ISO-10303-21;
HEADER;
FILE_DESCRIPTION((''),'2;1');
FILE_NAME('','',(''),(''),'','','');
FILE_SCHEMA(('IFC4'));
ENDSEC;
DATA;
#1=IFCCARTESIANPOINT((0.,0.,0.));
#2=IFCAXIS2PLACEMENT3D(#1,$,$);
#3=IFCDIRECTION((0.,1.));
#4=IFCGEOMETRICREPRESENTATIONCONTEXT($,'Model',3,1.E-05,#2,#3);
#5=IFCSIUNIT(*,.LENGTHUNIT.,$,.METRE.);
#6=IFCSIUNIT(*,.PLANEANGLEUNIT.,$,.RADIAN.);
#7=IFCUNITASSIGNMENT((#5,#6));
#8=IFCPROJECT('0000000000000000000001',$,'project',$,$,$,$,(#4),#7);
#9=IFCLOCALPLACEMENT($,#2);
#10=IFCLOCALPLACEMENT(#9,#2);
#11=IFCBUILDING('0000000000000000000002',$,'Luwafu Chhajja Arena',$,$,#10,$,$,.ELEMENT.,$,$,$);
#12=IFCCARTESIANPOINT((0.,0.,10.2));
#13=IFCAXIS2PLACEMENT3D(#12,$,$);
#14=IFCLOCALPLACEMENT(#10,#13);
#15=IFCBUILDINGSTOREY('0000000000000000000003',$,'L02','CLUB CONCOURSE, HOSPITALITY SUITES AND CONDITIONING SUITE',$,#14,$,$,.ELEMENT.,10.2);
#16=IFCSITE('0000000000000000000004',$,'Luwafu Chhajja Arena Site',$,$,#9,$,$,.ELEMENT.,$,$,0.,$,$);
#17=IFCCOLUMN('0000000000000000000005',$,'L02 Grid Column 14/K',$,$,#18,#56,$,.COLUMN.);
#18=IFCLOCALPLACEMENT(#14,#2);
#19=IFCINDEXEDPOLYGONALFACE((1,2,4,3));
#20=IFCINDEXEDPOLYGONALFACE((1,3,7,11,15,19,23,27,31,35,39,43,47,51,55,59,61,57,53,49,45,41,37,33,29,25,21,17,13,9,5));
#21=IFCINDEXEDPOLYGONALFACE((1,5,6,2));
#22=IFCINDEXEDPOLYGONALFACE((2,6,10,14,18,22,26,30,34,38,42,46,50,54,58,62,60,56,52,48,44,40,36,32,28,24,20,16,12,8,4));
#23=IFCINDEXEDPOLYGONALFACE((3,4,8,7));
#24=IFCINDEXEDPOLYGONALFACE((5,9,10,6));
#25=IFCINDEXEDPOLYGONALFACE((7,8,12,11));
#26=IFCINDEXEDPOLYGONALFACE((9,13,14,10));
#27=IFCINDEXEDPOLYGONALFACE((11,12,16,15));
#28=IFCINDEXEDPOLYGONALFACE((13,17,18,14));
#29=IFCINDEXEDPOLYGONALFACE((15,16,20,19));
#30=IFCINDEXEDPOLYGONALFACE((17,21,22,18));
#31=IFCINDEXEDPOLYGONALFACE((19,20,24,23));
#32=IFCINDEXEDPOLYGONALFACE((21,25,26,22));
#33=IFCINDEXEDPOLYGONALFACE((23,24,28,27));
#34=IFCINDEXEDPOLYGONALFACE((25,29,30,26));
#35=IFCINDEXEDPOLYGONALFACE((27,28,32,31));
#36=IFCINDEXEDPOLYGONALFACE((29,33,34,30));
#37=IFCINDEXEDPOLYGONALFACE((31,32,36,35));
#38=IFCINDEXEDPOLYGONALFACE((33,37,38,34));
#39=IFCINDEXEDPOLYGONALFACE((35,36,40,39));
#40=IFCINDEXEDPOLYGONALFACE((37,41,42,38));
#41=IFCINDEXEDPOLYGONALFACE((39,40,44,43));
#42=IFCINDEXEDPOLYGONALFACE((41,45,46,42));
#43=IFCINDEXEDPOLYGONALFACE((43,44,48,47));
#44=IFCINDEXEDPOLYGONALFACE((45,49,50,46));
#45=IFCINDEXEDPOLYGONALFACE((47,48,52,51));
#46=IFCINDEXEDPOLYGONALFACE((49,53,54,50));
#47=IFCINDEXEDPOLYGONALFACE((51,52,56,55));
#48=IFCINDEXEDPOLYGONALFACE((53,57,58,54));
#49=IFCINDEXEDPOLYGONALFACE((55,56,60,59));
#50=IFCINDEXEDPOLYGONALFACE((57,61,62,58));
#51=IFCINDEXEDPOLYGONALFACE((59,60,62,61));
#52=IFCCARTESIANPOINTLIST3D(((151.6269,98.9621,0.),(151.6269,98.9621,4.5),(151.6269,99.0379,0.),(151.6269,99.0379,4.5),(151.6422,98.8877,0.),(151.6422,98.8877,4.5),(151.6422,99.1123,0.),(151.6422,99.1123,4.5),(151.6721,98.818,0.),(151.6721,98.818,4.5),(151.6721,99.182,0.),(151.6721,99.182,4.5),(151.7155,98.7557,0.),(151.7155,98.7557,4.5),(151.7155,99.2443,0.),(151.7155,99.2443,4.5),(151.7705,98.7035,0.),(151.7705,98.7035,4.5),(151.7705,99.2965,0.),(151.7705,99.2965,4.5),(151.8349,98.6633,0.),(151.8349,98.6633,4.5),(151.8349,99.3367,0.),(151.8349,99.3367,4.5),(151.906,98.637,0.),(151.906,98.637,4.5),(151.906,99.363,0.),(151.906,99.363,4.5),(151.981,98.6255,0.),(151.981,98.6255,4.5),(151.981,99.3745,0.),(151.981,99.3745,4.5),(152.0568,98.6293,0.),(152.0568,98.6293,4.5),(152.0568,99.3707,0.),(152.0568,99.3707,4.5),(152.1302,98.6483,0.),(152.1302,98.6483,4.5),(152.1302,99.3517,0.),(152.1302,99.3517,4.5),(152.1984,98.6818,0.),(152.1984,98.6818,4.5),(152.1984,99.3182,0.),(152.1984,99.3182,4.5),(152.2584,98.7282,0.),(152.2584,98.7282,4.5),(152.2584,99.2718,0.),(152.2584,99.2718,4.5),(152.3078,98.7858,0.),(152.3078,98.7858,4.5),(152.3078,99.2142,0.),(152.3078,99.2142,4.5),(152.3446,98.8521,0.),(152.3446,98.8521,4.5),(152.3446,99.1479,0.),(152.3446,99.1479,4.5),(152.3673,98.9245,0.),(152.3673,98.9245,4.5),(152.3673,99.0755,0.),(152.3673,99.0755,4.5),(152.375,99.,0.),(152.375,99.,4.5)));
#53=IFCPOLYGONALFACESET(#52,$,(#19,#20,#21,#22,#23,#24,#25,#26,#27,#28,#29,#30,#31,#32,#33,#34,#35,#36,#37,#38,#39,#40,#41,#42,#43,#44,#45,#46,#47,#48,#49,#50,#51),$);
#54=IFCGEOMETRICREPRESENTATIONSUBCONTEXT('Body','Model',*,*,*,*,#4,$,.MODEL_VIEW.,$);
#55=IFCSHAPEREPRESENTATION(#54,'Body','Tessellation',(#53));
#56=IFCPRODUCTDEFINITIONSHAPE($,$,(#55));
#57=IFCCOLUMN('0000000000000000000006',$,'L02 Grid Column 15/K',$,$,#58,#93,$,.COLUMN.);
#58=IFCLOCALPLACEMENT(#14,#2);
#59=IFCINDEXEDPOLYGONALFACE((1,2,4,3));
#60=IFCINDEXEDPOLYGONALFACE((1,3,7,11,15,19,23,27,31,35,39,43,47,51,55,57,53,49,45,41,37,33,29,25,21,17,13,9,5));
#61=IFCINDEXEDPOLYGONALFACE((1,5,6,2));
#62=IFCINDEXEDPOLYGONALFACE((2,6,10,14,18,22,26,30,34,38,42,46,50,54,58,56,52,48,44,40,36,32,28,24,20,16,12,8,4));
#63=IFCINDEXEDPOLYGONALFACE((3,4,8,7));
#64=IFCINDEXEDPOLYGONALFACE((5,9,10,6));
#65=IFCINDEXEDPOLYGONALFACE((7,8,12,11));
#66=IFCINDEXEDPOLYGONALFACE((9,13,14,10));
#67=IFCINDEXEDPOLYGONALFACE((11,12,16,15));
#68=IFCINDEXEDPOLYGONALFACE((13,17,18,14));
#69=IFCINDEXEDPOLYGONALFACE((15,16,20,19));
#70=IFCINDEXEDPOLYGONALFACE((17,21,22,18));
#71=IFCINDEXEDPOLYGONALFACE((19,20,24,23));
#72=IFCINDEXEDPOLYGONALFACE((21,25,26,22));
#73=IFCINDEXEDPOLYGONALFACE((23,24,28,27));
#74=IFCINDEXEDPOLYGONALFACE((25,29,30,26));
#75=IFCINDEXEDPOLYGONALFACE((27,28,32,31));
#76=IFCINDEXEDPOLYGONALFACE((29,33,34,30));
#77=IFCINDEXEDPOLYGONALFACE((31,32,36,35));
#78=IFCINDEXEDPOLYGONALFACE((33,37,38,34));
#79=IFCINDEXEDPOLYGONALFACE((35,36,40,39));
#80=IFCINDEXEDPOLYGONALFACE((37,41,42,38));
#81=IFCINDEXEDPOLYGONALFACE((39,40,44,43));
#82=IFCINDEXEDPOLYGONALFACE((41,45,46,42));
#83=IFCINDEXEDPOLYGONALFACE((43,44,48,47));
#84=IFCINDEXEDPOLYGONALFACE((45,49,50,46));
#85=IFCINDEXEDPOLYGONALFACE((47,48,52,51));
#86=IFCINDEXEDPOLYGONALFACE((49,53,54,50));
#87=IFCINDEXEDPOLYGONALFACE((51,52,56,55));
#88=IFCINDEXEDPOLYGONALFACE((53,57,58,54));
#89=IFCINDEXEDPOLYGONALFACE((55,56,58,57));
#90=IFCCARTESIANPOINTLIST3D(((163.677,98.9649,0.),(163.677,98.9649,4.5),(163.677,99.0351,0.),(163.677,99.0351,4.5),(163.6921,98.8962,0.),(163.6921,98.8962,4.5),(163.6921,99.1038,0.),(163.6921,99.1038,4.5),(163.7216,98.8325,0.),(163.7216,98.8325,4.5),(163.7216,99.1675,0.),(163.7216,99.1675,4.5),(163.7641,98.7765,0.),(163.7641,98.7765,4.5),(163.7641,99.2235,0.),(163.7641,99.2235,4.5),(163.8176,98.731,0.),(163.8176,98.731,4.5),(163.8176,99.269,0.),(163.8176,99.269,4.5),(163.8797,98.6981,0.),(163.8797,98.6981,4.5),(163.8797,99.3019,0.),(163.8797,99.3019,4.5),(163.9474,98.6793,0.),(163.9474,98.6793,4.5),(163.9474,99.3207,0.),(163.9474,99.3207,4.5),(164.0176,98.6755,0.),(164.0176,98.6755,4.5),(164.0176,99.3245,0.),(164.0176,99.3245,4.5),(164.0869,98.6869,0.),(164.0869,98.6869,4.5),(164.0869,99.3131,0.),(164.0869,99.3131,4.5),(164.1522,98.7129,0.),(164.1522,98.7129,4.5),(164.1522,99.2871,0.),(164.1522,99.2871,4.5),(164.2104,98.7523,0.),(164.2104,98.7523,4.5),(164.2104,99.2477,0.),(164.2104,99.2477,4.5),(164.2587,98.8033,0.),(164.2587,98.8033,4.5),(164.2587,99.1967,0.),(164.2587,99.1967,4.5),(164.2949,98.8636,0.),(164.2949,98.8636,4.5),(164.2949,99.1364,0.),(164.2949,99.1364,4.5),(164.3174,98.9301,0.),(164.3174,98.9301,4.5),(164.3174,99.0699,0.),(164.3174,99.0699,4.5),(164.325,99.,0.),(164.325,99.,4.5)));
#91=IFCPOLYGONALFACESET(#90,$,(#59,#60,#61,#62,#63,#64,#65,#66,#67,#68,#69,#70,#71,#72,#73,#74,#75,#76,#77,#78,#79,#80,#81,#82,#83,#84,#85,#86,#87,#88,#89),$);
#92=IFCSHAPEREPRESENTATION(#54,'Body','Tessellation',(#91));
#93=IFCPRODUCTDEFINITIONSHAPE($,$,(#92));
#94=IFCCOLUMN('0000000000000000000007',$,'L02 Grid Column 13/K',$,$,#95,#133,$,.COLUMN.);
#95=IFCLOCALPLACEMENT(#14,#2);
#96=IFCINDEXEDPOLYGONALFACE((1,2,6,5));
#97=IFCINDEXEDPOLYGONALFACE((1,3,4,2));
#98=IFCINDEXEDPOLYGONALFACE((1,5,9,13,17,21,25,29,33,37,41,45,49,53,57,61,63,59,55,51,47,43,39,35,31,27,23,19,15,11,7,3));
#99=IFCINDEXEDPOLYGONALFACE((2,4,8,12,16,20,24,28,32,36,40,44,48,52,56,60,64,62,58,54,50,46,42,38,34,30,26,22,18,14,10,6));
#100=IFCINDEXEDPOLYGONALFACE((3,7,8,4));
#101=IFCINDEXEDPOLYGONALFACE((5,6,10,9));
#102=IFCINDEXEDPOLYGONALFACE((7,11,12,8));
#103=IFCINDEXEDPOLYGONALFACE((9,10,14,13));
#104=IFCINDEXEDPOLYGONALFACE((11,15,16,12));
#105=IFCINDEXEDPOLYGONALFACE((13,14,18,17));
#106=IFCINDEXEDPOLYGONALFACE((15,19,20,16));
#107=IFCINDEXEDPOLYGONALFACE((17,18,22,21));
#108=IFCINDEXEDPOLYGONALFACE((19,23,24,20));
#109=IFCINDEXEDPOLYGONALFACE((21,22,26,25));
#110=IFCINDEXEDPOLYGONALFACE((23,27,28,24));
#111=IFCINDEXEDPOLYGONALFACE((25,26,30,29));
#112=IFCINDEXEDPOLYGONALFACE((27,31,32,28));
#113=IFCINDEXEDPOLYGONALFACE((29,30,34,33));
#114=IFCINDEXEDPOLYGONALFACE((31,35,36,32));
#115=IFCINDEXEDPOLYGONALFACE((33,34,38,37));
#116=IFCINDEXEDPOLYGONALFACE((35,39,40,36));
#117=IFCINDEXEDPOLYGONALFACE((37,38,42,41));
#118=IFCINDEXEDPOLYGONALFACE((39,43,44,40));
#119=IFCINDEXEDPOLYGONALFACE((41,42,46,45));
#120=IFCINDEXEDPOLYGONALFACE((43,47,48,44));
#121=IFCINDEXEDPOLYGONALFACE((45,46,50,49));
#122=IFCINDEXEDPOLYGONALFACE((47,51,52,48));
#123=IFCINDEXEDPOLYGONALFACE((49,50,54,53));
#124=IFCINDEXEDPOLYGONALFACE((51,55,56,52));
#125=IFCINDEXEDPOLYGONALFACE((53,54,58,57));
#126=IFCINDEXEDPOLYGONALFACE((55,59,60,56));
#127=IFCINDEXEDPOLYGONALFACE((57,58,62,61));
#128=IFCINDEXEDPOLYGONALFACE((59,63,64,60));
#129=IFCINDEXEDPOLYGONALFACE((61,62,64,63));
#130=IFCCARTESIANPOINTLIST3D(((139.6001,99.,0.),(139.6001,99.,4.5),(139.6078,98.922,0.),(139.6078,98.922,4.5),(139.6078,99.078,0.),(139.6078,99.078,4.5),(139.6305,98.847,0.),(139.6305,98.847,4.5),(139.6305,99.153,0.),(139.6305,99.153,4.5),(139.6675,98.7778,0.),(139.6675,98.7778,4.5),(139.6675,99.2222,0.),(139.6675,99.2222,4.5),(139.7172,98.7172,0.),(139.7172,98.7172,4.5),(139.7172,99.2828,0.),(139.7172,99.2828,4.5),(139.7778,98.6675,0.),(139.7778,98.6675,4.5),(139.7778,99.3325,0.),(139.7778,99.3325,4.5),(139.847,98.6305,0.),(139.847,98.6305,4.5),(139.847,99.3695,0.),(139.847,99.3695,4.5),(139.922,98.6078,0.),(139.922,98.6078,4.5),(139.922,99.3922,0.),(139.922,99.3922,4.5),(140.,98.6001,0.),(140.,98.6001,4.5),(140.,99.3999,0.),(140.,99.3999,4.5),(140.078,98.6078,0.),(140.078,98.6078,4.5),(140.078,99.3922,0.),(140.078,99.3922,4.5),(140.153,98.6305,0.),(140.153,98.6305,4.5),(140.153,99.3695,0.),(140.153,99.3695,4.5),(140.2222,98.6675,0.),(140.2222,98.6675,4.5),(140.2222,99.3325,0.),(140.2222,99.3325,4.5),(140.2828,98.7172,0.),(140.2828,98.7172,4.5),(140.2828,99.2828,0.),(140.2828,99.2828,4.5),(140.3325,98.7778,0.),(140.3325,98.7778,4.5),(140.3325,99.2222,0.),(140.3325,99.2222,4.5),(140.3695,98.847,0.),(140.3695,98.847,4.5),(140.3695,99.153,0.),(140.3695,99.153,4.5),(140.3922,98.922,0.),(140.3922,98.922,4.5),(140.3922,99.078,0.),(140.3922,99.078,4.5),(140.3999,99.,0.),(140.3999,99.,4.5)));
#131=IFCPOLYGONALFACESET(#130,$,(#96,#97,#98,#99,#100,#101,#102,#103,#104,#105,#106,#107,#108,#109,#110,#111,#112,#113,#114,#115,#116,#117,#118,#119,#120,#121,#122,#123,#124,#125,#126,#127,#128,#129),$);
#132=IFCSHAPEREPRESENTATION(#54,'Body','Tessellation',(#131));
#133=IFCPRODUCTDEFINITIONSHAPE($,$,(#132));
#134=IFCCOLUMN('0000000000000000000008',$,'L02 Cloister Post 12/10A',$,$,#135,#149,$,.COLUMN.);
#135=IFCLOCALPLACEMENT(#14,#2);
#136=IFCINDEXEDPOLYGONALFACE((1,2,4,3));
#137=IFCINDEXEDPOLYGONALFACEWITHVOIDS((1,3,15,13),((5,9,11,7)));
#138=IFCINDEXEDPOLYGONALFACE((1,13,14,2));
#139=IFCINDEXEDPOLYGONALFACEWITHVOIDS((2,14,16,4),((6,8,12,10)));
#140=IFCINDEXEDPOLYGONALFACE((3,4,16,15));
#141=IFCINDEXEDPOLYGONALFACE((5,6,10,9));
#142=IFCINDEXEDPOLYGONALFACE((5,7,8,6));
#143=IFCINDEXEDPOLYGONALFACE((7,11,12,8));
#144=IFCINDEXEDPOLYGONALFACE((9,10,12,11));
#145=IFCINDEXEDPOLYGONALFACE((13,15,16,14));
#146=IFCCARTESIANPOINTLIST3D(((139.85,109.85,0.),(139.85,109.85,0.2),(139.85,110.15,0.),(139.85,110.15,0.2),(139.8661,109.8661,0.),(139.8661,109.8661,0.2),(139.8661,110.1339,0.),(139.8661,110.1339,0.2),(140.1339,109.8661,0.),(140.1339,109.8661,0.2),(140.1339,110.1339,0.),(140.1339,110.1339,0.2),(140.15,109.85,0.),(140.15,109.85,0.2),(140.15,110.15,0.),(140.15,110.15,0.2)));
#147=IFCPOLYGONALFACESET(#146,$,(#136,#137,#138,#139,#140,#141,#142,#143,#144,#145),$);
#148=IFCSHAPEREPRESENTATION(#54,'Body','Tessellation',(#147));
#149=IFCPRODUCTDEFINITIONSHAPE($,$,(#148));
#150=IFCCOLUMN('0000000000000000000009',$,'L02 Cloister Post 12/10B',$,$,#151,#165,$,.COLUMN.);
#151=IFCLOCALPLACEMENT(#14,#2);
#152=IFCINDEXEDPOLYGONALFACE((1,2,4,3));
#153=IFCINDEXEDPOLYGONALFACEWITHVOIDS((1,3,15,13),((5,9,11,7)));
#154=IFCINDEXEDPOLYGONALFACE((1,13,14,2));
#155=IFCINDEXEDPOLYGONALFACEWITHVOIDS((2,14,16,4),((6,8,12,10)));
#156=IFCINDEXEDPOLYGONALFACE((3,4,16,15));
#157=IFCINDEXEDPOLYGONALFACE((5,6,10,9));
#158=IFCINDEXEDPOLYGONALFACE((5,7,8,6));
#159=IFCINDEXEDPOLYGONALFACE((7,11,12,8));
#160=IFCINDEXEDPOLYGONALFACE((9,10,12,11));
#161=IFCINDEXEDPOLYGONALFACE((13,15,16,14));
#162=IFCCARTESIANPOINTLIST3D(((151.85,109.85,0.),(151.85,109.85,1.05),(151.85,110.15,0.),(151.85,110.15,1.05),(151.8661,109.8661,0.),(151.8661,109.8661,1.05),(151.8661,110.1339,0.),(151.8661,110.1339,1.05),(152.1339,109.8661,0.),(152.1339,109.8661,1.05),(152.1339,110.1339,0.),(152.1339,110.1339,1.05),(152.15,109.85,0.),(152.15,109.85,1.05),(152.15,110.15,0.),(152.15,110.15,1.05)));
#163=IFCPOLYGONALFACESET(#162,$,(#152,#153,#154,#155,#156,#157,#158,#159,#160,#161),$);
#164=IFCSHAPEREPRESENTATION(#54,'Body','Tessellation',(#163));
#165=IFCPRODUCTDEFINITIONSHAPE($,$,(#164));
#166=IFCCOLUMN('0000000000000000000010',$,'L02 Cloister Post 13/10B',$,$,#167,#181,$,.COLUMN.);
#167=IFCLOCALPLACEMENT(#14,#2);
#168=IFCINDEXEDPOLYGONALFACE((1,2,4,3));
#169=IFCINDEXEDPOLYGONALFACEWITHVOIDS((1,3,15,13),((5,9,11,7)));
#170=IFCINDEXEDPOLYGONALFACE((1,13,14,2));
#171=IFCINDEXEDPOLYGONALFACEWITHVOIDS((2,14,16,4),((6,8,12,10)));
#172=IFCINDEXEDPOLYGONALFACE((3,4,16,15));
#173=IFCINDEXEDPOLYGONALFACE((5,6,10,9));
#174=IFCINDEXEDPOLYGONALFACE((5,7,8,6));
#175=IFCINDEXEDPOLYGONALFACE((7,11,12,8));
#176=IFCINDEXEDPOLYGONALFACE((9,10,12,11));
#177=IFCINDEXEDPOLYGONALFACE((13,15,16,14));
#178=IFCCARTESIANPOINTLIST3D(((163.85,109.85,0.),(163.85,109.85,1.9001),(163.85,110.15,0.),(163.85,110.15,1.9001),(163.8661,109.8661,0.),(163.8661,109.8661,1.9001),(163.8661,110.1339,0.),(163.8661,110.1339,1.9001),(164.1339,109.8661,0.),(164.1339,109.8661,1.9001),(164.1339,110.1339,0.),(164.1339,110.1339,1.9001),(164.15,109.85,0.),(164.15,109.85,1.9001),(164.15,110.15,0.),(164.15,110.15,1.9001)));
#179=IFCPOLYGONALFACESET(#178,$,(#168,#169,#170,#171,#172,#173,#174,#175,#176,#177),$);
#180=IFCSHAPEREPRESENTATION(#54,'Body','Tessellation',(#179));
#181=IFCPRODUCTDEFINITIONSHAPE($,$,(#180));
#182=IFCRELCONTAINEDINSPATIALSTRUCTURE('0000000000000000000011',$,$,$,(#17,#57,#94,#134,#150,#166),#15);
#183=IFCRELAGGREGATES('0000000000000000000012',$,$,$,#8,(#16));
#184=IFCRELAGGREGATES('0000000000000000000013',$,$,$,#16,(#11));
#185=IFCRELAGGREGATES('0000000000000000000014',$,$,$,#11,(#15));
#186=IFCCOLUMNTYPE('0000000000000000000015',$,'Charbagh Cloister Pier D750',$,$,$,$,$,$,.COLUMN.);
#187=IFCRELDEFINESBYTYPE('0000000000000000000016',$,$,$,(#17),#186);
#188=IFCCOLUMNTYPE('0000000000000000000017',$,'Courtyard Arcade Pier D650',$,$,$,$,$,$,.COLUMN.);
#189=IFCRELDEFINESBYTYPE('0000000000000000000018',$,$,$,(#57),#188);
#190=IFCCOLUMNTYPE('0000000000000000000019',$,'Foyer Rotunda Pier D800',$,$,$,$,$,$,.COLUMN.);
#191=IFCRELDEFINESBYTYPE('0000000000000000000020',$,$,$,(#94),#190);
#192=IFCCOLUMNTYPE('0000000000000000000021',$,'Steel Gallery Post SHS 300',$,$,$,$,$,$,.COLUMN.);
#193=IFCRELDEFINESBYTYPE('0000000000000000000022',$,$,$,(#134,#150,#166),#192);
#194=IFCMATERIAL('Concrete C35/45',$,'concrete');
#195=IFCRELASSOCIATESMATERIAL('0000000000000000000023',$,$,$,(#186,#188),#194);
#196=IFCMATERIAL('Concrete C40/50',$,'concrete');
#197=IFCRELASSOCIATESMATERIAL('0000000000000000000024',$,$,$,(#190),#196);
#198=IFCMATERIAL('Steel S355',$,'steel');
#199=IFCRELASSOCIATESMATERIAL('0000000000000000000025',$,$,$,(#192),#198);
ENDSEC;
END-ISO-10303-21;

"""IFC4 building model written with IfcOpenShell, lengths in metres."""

from ifc_helpers import new_model, si_unit, direction, frame, origin, origin_2d, place, context, subcontext, project, spatial, hollow_rectangle, circle, extrude, material, material_profile, profile_set, type_object, element, save


model = new_model("IFC4")

# Units and contexts
model_context = context("Model", 3, precision=1e-05, world=origin(), true_north=direction((0.0, 1.0)))
body_context = subcontext(model_context, "Body", "Model", "MODEL_VIEW")
ifc_project = project(units=[si_unit("LENGTHUNIT", "METRE"), si_unit("PLANEANGLEUNIT", "RADIAN")], contexts=[model_context])

# Site, building, storey
site_placement = place(None, origin())
site = spatial("IfcSite", under=ifc_project, at=site_placement, Name="Luwafu Chhajja Arena Site", CompositionType="ELEMENT", RefElevation=0.0)
building_placement = place(site_placement, origin())
building = spatial("IfcBuilding", under=site, at=building_placement, Name="Luwafu Chhajja Arena", CompositionType="ELEMENT")
storey_placement = place(building_placement, frame((0.0, 0.0, 10.2)))
storey = spatial("IfcBuildingStorey", under=building, at=storey_placement, Name="L02", Description="CLUB CONCOURSE, HOSPITALITY SUITES AND CONDITIONING SUITE", CompositionType="ELEMENT", Elevation=10.2)

# Columns
ifc_material_1 = material(Name="Concrete C35/45", Category="concrete")
ifc_material_profile_1 = material_profile(ifc_material_1, circle(Radius=0.375, at=origin_2d()), Name="RC COL D750")
ifc_profile_set_1 = profile_set([ifc_material_profile_1], Name="Concrete C35/45")
column_type_1 = type_object("IfcColumnType", Name="Charbagh Cloister Pier D750", PredefinedType="COLUMN", material=ifc_profile_set_1)
column_1_placement = place(storey_placement, frame((152.0, 99.0, 0.0), z_axis=(0.0, 0.0, 1.0), x_axis=(1.0, 0.0, 0.0)))
element("IfcColumn", 1, at=column_1_placement, inside=storey, type_object=column_type_1, Name="L02 Grid Column 14/K", PredefinedType="COLUMN", context=body_context, shape_type="SweptSolid", body=[
    extrude(circle(Radius=0.375, at=origin_2d()), origin(), (0.0, 0.0, 1.0), 4.5),
])
ifc_material_profile_2 = material_profile(ifc_material_1, circle(Radius=0.325, at=origin_2d()), Name="RC COL D650")
ifc_profile_set_2 = profile_set([ifc_material_profile_2], Name="Concrete C35/45")
column_type_2 = type_object("IfcColumnType", Name="Courtyard Arcade Pier D650", PredefinedType="COLUMN", material=ifc_profile_set_2)
column_2_placement = place(storey_placement, frame((164.0, 99.0, 0.0), z_axis=(0.0, 0.0, 1.0), x_axis=(1.0, 0.0, 0.0)))
element("IfcColumn", 2, at=column_2_placement, inside=storey, type_object=column_type_2, Name="L02 Grid Column 15/K", PredefinedType="COLUMN", context=body_context, shape_type="SweptSolid", body=[
    extrude(circle(Radius=0.325, at=origin_2d()), origin(), (0.0, 0.0, 1.0), 4.5),
])
ifc_material_2 = material(Name="Concrete C40/50", Category="concrete")
ifc_material_profile_3 = material_profile(ifc_material_2, circle(Radius=0.3999, at=origin_2d()), Name="RC COL D800")
ifc_profile_set_3 = profile_set([ifc_material_profile_3], Name="Concrete C40/50")
column_type_3 = type_object("IfcColumnType", Name="Foyer Rotunda Pier D800", PredefinedType="COLUMN", material=ifc_profile_set_3)
column_3_placement = place(storey_placement, frame((140.0, 99.0, 0.0), z_axis=(0.0, 0.0, 1.0), x_axis=(1.0, 0.0, 0.0)))
element("IfcColumn", 3, at=column_3_placement, inside=storey, type_object=column_type_3, Name="L02 Grid Column 13/K", PredefinedType="COLUMN", context=body_context, shape_type="SweptSolid", body=[
    extrude(circle(Radius=0.3999, at=origin_2d()), origin(), (0.0, 0.0, 1.0), 4.5),
])
ifc_material_3 = material(Name="Steel S355", Category="steel")
ifc_material_profile_4 = material_profile(ifc_material_3, hollow_rectangle(XDim=0.3, YDim=0.3, WallThickness=0.0161, at=origin_2d()), Name="SHS 300x300x16")
ifc_profile_set_4 = profile_set([ifc_material_profile_4], Name="Steel S355")
column_type_4 = type_object("IfcColumnType", Name="Steel Gallery Post SHS 300", PredefinedType="COLUMN", material=ifc_profile_set_4)
column_4_placement = place(storey_placement, frame((140.0, 110.0, 0.0), z_axis=(0.0, 0.0, 1.0), x_axis=(1.0, 0.0, 0.0)))
element("IfcColumn", 4, at=column_4_placement, inside=storey, type_object=column_type_4, Name="L02 Cloister Post 12/10A", PredefinedType="COLUMN", context=body_context, shape_type="SweptSolid", body=[
    extrude(hollow_rectangle(XDim=0.3, YDim=0.3, WallThickness=0.0161, at=origin_2d()), origin(), (0.0, 0.0, 1.0), 0.2),
])
column_5_placement = place(storey_placement, frame((152.0, 110.0, 0.0), z_axis=(0.0, 0.0, 1.0), x_axis=(1.0, 0.0, 0.0)))
element("IfcColumn", 5, at=column_5_placement, inside=storey, type_object=column_type_4, Name="L02 Cloister Post 12/10B", PredefinedType="COLUMN", context=body_context, shape_type="SweptSolid", body=[
    extrude(hollow_rectangle(XDim=0.3, YDim=0.3, WallThickness=0.0161, at=origin_2d()), origin(), (0.0, 0.0, 1.0), 1.05),
])
column_6_placement = place(storey_placement, frame((164.0, 110.0, 0.0), z_axis=(0.0, 0.0, 1.0), x_axis=(1.0, 0.0, 0.0)))
element("IfcColumn", 6, at=column_6_placement, inside=storey, type_object=column_type_4, Name="L02 Cloister Post 13/10B", PredefinedType="COLUMN", context=body_context, shape_type="SweptSolid", body=[
    extrude(hollow_rectangle(XDim=0.3, YDim=0.3, WallThickness=0.0161, at=origin_2d()), origin(), (0.0, 0.0, 1.0), 1.9001),
])

save(model, "model.ifc")
